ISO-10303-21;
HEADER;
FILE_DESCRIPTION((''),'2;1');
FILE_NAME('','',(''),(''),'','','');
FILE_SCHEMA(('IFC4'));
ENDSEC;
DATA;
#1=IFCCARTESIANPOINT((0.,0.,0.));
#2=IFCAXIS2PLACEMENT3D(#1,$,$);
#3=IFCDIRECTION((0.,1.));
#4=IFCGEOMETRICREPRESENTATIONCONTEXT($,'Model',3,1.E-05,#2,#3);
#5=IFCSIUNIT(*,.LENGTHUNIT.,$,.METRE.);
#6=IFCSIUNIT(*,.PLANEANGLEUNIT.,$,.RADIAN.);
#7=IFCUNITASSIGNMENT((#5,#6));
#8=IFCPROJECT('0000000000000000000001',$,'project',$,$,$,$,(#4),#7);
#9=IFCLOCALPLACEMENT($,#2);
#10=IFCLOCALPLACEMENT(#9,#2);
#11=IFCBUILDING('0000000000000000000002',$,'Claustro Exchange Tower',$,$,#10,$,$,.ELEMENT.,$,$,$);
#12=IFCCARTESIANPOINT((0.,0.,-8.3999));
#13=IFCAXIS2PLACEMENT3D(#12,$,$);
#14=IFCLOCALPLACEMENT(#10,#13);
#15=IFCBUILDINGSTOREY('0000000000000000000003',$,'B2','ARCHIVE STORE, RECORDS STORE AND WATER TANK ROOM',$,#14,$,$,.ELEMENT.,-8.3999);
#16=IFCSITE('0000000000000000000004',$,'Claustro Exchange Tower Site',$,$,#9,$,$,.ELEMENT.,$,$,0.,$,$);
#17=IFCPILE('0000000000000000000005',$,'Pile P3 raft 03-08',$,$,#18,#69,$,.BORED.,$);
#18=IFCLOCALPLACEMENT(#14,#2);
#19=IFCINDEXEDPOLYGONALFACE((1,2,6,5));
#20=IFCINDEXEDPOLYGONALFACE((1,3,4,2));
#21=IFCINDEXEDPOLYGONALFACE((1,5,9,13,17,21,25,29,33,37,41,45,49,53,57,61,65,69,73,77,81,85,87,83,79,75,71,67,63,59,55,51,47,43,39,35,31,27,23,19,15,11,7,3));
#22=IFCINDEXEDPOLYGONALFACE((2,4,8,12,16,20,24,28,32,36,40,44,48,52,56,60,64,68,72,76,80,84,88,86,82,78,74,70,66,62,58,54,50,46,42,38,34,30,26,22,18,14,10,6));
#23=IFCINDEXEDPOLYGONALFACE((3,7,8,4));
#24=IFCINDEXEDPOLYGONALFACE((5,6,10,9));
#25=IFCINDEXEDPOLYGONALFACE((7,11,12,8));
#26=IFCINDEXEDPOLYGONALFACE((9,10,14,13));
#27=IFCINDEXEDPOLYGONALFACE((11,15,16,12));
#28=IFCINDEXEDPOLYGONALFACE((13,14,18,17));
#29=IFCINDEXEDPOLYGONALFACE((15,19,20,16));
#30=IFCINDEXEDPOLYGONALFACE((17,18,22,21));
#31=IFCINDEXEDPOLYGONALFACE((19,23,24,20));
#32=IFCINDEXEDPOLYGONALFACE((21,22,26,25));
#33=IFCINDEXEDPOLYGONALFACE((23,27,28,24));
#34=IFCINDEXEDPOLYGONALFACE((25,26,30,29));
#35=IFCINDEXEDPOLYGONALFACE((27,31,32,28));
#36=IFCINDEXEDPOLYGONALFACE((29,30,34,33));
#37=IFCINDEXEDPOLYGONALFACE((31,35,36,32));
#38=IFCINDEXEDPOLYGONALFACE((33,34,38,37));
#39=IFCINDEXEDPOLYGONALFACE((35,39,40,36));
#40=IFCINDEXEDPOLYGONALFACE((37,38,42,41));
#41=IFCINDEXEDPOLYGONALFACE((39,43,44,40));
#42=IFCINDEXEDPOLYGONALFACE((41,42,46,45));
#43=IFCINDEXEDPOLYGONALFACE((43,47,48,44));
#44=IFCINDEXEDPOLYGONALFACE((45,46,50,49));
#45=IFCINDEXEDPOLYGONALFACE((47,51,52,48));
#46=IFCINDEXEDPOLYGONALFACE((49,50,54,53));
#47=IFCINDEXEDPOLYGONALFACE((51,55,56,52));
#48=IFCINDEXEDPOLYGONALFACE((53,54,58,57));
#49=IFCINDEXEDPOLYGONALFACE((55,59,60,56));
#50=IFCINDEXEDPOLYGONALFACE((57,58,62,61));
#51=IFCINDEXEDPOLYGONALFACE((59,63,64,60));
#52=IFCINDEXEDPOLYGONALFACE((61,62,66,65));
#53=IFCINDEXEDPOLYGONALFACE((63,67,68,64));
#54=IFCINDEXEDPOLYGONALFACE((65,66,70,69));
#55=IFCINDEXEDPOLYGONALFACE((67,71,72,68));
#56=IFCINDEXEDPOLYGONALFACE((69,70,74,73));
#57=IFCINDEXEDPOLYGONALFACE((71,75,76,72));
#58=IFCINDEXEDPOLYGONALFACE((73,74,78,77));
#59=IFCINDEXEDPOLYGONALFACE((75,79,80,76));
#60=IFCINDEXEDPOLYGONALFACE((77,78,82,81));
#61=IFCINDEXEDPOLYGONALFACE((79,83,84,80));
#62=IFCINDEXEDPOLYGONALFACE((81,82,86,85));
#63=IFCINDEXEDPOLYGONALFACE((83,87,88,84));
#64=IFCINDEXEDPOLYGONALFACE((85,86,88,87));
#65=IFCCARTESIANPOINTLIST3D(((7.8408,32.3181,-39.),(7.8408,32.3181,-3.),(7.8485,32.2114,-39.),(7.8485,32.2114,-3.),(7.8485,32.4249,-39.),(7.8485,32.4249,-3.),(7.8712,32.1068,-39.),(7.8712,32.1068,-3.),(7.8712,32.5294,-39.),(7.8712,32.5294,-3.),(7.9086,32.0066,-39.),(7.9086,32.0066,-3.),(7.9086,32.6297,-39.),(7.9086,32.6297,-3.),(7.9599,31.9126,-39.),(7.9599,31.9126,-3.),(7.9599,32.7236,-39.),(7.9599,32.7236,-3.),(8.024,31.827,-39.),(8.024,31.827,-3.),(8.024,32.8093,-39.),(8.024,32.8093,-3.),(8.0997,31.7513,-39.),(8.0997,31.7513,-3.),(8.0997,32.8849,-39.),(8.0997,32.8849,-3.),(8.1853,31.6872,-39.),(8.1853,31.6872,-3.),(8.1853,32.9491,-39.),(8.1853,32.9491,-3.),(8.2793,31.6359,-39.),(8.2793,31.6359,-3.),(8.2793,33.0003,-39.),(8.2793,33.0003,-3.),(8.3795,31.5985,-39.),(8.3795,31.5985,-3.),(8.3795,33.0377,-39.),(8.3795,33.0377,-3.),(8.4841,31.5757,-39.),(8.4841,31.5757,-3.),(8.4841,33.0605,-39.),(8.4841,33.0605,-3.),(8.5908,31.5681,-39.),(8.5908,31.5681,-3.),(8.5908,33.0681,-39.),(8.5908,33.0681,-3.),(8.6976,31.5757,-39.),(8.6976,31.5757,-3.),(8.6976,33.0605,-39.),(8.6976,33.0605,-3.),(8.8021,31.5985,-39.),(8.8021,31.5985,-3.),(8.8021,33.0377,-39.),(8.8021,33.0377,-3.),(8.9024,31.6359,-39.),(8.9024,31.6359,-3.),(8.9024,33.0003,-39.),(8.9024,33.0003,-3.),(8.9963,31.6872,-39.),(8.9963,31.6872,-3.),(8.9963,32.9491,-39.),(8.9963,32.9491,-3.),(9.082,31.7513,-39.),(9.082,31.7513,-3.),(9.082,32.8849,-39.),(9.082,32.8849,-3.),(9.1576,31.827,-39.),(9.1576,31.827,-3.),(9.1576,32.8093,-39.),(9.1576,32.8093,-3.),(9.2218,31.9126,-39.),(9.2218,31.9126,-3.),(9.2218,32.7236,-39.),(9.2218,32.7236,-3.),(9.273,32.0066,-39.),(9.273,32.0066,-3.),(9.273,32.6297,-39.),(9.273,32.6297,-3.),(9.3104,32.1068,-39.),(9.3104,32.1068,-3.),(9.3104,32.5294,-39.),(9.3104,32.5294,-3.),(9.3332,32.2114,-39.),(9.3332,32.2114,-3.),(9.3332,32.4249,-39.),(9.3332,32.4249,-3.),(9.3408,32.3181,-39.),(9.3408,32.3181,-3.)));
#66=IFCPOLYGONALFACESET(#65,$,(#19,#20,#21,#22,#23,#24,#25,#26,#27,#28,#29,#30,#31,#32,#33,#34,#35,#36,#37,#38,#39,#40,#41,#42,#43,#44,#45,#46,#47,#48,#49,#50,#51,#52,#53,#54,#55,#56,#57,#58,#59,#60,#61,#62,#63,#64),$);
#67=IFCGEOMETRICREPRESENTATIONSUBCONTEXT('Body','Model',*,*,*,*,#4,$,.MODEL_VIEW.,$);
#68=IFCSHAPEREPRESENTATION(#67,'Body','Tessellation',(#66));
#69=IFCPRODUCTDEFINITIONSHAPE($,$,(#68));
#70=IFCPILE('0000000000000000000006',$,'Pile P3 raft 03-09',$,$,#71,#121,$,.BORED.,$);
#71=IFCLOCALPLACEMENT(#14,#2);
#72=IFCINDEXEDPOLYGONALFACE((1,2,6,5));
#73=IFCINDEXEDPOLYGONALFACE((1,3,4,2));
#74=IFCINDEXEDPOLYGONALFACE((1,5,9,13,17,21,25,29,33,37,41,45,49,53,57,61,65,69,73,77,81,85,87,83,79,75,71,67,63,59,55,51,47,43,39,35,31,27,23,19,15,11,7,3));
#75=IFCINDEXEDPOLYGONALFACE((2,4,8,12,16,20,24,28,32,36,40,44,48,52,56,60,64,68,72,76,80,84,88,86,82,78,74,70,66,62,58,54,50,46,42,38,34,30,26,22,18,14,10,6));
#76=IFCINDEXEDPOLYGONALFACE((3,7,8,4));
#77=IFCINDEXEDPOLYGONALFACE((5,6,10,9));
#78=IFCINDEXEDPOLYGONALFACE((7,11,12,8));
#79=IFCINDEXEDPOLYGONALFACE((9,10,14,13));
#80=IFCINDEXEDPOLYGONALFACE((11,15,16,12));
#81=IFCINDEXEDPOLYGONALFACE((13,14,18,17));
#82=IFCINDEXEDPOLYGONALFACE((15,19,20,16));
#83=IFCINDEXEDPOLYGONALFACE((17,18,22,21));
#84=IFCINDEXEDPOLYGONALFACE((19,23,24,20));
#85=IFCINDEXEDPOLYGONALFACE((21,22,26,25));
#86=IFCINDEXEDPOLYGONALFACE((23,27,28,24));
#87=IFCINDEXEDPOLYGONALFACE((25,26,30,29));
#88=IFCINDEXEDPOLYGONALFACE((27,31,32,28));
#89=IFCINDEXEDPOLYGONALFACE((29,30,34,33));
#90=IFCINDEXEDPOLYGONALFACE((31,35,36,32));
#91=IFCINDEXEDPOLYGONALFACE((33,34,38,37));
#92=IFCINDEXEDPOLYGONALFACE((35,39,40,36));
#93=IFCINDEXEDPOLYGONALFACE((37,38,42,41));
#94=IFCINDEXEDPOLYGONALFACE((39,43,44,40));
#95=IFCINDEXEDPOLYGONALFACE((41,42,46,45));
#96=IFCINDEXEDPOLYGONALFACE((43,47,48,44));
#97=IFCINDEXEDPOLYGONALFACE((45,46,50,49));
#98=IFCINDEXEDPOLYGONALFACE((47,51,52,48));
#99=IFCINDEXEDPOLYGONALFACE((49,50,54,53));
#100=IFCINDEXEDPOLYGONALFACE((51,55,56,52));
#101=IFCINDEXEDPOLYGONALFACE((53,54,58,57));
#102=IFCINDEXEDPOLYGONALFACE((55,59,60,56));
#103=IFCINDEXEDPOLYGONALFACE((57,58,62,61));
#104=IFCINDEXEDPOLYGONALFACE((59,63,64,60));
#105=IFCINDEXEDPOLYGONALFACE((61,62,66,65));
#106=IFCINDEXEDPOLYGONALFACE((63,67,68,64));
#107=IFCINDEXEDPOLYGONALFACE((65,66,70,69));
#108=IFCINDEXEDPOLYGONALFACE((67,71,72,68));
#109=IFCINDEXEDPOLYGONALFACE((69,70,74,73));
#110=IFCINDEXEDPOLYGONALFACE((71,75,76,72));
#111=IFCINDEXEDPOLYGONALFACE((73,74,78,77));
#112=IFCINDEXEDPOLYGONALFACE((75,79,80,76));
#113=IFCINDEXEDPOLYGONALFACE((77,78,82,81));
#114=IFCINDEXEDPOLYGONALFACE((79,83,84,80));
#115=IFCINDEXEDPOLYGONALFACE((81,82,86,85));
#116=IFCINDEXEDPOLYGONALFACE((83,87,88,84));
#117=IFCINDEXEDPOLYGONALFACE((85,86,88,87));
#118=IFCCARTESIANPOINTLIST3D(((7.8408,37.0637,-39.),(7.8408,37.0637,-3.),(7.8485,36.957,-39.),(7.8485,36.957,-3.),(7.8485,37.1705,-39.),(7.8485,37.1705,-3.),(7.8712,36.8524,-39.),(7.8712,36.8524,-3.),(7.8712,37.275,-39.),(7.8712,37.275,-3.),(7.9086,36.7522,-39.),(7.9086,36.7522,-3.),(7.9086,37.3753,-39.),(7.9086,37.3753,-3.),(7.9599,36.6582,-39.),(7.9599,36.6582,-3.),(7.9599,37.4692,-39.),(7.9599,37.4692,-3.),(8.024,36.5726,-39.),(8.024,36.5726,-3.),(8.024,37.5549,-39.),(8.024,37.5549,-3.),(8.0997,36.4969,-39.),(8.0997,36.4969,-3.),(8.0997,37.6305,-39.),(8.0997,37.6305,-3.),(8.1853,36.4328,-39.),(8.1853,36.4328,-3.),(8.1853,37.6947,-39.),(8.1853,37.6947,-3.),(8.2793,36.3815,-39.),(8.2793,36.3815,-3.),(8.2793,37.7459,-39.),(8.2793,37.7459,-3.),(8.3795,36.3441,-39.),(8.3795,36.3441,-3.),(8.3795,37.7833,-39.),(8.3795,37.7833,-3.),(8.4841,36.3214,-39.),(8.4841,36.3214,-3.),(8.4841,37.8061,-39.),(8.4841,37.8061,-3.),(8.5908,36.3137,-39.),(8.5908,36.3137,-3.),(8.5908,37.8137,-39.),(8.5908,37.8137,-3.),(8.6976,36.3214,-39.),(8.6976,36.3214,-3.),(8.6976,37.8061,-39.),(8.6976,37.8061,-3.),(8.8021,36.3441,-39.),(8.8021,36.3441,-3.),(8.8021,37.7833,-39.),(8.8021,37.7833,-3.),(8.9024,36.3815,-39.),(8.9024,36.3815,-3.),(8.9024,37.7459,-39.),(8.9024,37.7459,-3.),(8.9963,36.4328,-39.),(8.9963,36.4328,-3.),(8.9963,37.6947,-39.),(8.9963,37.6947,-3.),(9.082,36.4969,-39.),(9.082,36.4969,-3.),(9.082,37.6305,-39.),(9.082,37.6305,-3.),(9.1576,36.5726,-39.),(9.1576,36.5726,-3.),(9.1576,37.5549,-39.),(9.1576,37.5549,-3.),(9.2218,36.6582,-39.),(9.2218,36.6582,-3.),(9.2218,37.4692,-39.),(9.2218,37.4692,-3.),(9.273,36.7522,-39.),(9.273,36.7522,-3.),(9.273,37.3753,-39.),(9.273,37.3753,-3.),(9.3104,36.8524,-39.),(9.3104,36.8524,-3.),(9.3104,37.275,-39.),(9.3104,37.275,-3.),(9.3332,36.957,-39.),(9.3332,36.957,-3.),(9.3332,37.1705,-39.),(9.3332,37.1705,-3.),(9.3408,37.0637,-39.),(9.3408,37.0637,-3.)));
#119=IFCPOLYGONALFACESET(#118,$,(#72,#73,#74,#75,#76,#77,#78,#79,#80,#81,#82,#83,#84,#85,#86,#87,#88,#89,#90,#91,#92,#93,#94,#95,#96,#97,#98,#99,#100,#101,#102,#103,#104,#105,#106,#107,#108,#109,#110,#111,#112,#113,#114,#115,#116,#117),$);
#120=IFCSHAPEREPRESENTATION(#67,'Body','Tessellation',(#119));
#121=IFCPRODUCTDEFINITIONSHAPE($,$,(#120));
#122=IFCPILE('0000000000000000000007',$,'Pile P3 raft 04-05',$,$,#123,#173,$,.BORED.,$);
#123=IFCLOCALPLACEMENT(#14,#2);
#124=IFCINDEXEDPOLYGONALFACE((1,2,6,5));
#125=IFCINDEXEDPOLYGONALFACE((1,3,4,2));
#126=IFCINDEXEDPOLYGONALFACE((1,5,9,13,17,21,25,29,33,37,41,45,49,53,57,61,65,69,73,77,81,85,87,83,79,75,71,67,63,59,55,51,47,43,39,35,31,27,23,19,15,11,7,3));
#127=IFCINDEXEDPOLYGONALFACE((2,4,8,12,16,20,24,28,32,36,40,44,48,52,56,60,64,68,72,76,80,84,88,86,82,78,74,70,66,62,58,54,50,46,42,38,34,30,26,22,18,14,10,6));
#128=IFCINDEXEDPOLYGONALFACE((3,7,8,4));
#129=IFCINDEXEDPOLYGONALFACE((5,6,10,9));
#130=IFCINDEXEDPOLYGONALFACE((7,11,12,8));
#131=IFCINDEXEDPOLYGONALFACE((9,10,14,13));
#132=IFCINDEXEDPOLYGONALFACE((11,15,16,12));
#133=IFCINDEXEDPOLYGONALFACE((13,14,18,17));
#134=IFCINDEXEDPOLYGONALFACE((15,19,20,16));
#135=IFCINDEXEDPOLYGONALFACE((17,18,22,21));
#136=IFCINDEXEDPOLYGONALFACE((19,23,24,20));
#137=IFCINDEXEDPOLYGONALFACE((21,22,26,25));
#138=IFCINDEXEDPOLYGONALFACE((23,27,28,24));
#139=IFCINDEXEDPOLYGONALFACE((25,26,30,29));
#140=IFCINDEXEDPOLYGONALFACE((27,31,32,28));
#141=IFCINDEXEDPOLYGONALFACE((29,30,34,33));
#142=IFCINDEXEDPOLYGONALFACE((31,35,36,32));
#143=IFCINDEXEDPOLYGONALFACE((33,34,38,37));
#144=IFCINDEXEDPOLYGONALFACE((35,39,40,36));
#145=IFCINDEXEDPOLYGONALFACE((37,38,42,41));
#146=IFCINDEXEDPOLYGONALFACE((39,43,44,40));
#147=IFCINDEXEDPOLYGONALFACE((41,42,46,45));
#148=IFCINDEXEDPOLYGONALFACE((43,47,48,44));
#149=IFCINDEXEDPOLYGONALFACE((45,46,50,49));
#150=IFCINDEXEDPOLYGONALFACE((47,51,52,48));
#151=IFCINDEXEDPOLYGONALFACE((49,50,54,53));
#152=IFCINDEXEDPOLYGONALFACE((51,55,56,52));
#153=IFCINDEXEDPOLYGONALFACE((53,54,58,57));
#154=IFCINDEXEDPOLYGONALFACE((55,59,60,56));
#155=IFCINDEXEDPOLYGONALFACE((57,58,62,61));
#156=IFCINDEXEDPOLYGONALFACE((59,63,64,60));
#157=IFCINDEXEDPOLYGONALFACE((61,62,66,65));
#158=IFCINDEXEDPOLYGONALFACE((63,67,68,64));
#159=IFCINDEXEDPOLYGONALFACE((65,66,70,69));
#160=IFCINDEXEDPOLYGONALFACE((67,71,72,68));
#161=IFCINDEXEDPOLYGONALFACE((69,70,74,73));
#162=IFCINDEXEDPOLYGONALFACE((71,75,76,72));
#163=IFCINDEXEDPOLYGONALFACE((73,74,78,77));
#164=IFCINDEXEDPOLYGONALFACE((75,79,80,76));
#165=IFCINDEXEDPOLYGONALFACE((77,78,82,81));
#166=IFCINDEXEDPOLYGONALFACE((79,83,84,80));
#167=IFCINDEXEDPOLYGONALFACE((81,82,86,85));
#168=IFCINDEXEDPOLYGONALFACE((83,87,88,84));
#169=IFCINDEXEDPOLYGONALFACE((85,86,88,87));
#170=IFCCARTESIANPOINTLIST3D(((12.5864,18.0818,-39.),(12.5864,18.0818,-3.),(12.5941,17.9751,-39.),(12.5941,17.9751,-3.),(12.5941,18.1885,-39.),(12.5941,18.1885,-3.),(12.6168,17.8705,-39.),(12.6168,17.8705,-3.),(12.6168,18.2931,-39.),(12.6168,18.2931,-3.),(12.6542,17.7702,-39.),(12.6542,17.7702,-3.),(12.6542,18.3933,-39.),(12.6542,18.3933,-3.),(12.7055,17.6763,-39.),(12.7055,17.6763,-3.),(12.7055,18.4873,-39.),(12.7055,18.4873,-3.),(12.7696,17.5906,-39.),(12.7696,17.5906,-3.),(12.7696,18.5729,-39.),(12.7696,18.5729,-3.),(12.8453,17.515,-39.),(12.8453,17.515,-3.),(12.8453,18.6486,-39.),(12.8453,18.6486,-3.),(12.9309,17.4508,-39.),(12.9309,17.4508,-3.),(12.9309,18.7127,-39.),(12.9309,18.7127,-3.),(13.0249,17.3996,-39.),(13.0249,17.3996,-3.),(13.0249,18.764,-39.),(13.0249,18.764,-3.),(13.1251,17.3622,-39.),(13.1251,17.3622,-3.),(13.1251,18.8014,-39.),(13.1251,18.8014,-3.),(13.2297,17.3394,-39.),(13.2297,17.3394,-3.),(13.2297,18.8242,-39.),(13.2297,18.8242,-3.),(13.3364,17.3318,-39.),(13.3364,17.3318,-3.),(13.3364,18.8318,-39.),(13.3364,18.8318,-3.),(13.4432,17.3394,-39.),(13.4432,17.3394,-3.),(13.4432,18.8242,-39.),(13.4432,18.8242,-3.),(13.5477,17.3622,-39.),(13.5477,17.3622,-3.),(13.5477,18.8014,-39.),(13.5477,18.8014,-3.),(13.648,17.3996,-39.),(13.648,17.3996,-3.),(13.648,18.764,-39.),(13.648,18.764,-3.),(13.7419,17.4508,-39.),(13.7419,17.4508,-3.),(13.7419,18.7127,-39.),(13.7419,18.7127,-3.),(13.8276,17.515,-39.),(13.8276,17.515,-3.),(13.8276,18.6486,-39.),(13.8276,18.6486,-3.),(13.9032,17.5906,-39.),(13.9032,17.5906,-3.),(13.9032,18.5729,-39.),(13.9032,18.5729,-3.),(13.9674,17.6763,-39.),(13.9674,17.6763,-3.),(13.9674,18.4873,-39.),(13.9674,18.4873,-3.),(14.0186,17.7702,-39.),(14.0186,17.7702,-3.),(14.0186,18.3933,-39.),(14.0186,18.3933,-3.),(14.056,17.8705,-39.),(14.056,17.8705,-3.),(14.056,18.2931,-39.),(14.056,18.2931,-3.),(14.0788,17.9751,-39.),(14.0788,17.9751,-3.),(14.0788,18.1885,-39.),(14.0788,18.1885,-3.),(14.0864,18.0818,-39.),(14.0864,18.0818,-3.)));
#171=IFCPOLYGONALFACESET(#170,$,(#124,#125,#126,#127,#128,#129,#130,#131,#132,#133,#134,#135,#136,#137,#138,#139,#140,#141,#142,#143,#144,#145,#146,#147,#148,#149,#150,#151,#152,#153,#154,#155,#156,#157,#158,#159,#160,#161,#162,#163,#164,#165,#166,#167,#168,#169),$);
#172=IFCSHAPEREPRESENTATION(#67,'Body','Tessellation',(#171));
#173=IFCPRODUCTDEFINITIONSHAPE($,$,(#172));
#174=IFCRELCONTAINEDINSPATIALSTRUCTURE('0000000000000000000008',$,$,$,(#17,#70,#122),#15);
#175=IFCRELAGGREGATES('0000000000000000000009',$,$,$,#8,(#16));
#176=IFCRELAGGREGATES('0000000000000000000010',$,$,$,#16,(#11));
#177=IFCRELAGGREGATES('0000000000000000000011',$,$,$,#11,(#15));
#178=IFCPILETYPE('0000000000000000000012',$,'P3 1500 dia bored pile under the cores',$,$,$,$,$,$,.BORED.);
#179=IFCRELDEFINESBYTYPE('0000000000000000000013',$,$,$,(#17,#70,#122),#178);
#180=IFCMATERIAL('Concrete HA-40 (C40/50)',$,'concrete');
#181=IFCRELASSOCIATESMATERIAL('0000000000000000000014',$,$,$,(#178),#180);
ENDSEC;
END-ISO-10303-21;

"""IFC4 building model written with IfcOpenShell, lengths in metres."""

from ifc_helpers import new_model, si_unit, direction, frame, origin, origin_2d, place, context, subcontext, project, spatial, circle, extrude, material, type_object, element, save


model = new_model("IFC4")

# Units and contexts
model_context = context("Model", 3, precision=1e-05, world=origin(), true_north=direction((0.0, 1.0)))
body_context = subcontext(model_context, "Body", "Model", "MODEL_VIEW")
ifc_project = project(units=[si_unit("LENGTHUNIT", "METRE"), si_unit("PLANEANGLEUNIT", "RADIAN")], contexts=[model_context])

# Site, building, storey
site_placement = place(None, origin())
site = spatial("IfcSite", under=ifc_project, at=site_placement, Name="Claustro Exchange Tower Site", CompositionType="ELEMENT", RefElevation=0.0)
building_placement = place(site_placement, origin())
building = spatial("IfcBuilding", under=site, at=building_placement, Name="Claustro Exchange Tower", CompositionType="ELEMENT")
storey_placement = place(building_placement, frame((0.0, 0.0, -8.3999)))
storey = spatial("IfcBuildingStorey", under=building, at=storey_placement, Name="B2", Description="ARCHIVE STORE, RECORDS STORE AND WATER TANK ROOM", CompositionType="ELEMENT", Elevation=-8.3999)

# Piles
ifc_material_1 = material(Name="Concrete HA-40 (C40/50)", Category="concrete")
pile_type_1 = type_object("IfcPileType", Name="P3 1500 dia bored pile under the cores", PredefinedType="BORED", material=ifc_material_1)
for number, where, z_axis, x_axis, name in (
    (1, (8.5908, 32.3181, -3.0), (0.0, 0.0, -1.0), (1.0, 0.0, 0.0), "Pile P3 raft 03-08"),
    (2, (8.5908, 37.0637, -3.0), (0.0, 0.0, -1.0), (1.0, 0.0, 0.0), "Pile P3 raft 03-09"),
    (3, (13.3364, 18.0818, -3.0), (0.0, 0.0, -1.0), (1.0, 0.0, 0.0), "Pile P3 raft 04-05"),
):
    element("IfcPile", number, at=place(storey_placement, frame(where, z_axis=z_axis, x_axis=x_axis)), inside=storey, type_object=pile_type_1, Name=name, PredefinedType="BORED", context=body_context, shape_type="SweptSolid", body=[
        extrude(circle(Radius=0.75, at=origin_2d()), origin(), (0.0, 0.0, 1.0), 36.0),
    ])

save(model, "model.ifc")
